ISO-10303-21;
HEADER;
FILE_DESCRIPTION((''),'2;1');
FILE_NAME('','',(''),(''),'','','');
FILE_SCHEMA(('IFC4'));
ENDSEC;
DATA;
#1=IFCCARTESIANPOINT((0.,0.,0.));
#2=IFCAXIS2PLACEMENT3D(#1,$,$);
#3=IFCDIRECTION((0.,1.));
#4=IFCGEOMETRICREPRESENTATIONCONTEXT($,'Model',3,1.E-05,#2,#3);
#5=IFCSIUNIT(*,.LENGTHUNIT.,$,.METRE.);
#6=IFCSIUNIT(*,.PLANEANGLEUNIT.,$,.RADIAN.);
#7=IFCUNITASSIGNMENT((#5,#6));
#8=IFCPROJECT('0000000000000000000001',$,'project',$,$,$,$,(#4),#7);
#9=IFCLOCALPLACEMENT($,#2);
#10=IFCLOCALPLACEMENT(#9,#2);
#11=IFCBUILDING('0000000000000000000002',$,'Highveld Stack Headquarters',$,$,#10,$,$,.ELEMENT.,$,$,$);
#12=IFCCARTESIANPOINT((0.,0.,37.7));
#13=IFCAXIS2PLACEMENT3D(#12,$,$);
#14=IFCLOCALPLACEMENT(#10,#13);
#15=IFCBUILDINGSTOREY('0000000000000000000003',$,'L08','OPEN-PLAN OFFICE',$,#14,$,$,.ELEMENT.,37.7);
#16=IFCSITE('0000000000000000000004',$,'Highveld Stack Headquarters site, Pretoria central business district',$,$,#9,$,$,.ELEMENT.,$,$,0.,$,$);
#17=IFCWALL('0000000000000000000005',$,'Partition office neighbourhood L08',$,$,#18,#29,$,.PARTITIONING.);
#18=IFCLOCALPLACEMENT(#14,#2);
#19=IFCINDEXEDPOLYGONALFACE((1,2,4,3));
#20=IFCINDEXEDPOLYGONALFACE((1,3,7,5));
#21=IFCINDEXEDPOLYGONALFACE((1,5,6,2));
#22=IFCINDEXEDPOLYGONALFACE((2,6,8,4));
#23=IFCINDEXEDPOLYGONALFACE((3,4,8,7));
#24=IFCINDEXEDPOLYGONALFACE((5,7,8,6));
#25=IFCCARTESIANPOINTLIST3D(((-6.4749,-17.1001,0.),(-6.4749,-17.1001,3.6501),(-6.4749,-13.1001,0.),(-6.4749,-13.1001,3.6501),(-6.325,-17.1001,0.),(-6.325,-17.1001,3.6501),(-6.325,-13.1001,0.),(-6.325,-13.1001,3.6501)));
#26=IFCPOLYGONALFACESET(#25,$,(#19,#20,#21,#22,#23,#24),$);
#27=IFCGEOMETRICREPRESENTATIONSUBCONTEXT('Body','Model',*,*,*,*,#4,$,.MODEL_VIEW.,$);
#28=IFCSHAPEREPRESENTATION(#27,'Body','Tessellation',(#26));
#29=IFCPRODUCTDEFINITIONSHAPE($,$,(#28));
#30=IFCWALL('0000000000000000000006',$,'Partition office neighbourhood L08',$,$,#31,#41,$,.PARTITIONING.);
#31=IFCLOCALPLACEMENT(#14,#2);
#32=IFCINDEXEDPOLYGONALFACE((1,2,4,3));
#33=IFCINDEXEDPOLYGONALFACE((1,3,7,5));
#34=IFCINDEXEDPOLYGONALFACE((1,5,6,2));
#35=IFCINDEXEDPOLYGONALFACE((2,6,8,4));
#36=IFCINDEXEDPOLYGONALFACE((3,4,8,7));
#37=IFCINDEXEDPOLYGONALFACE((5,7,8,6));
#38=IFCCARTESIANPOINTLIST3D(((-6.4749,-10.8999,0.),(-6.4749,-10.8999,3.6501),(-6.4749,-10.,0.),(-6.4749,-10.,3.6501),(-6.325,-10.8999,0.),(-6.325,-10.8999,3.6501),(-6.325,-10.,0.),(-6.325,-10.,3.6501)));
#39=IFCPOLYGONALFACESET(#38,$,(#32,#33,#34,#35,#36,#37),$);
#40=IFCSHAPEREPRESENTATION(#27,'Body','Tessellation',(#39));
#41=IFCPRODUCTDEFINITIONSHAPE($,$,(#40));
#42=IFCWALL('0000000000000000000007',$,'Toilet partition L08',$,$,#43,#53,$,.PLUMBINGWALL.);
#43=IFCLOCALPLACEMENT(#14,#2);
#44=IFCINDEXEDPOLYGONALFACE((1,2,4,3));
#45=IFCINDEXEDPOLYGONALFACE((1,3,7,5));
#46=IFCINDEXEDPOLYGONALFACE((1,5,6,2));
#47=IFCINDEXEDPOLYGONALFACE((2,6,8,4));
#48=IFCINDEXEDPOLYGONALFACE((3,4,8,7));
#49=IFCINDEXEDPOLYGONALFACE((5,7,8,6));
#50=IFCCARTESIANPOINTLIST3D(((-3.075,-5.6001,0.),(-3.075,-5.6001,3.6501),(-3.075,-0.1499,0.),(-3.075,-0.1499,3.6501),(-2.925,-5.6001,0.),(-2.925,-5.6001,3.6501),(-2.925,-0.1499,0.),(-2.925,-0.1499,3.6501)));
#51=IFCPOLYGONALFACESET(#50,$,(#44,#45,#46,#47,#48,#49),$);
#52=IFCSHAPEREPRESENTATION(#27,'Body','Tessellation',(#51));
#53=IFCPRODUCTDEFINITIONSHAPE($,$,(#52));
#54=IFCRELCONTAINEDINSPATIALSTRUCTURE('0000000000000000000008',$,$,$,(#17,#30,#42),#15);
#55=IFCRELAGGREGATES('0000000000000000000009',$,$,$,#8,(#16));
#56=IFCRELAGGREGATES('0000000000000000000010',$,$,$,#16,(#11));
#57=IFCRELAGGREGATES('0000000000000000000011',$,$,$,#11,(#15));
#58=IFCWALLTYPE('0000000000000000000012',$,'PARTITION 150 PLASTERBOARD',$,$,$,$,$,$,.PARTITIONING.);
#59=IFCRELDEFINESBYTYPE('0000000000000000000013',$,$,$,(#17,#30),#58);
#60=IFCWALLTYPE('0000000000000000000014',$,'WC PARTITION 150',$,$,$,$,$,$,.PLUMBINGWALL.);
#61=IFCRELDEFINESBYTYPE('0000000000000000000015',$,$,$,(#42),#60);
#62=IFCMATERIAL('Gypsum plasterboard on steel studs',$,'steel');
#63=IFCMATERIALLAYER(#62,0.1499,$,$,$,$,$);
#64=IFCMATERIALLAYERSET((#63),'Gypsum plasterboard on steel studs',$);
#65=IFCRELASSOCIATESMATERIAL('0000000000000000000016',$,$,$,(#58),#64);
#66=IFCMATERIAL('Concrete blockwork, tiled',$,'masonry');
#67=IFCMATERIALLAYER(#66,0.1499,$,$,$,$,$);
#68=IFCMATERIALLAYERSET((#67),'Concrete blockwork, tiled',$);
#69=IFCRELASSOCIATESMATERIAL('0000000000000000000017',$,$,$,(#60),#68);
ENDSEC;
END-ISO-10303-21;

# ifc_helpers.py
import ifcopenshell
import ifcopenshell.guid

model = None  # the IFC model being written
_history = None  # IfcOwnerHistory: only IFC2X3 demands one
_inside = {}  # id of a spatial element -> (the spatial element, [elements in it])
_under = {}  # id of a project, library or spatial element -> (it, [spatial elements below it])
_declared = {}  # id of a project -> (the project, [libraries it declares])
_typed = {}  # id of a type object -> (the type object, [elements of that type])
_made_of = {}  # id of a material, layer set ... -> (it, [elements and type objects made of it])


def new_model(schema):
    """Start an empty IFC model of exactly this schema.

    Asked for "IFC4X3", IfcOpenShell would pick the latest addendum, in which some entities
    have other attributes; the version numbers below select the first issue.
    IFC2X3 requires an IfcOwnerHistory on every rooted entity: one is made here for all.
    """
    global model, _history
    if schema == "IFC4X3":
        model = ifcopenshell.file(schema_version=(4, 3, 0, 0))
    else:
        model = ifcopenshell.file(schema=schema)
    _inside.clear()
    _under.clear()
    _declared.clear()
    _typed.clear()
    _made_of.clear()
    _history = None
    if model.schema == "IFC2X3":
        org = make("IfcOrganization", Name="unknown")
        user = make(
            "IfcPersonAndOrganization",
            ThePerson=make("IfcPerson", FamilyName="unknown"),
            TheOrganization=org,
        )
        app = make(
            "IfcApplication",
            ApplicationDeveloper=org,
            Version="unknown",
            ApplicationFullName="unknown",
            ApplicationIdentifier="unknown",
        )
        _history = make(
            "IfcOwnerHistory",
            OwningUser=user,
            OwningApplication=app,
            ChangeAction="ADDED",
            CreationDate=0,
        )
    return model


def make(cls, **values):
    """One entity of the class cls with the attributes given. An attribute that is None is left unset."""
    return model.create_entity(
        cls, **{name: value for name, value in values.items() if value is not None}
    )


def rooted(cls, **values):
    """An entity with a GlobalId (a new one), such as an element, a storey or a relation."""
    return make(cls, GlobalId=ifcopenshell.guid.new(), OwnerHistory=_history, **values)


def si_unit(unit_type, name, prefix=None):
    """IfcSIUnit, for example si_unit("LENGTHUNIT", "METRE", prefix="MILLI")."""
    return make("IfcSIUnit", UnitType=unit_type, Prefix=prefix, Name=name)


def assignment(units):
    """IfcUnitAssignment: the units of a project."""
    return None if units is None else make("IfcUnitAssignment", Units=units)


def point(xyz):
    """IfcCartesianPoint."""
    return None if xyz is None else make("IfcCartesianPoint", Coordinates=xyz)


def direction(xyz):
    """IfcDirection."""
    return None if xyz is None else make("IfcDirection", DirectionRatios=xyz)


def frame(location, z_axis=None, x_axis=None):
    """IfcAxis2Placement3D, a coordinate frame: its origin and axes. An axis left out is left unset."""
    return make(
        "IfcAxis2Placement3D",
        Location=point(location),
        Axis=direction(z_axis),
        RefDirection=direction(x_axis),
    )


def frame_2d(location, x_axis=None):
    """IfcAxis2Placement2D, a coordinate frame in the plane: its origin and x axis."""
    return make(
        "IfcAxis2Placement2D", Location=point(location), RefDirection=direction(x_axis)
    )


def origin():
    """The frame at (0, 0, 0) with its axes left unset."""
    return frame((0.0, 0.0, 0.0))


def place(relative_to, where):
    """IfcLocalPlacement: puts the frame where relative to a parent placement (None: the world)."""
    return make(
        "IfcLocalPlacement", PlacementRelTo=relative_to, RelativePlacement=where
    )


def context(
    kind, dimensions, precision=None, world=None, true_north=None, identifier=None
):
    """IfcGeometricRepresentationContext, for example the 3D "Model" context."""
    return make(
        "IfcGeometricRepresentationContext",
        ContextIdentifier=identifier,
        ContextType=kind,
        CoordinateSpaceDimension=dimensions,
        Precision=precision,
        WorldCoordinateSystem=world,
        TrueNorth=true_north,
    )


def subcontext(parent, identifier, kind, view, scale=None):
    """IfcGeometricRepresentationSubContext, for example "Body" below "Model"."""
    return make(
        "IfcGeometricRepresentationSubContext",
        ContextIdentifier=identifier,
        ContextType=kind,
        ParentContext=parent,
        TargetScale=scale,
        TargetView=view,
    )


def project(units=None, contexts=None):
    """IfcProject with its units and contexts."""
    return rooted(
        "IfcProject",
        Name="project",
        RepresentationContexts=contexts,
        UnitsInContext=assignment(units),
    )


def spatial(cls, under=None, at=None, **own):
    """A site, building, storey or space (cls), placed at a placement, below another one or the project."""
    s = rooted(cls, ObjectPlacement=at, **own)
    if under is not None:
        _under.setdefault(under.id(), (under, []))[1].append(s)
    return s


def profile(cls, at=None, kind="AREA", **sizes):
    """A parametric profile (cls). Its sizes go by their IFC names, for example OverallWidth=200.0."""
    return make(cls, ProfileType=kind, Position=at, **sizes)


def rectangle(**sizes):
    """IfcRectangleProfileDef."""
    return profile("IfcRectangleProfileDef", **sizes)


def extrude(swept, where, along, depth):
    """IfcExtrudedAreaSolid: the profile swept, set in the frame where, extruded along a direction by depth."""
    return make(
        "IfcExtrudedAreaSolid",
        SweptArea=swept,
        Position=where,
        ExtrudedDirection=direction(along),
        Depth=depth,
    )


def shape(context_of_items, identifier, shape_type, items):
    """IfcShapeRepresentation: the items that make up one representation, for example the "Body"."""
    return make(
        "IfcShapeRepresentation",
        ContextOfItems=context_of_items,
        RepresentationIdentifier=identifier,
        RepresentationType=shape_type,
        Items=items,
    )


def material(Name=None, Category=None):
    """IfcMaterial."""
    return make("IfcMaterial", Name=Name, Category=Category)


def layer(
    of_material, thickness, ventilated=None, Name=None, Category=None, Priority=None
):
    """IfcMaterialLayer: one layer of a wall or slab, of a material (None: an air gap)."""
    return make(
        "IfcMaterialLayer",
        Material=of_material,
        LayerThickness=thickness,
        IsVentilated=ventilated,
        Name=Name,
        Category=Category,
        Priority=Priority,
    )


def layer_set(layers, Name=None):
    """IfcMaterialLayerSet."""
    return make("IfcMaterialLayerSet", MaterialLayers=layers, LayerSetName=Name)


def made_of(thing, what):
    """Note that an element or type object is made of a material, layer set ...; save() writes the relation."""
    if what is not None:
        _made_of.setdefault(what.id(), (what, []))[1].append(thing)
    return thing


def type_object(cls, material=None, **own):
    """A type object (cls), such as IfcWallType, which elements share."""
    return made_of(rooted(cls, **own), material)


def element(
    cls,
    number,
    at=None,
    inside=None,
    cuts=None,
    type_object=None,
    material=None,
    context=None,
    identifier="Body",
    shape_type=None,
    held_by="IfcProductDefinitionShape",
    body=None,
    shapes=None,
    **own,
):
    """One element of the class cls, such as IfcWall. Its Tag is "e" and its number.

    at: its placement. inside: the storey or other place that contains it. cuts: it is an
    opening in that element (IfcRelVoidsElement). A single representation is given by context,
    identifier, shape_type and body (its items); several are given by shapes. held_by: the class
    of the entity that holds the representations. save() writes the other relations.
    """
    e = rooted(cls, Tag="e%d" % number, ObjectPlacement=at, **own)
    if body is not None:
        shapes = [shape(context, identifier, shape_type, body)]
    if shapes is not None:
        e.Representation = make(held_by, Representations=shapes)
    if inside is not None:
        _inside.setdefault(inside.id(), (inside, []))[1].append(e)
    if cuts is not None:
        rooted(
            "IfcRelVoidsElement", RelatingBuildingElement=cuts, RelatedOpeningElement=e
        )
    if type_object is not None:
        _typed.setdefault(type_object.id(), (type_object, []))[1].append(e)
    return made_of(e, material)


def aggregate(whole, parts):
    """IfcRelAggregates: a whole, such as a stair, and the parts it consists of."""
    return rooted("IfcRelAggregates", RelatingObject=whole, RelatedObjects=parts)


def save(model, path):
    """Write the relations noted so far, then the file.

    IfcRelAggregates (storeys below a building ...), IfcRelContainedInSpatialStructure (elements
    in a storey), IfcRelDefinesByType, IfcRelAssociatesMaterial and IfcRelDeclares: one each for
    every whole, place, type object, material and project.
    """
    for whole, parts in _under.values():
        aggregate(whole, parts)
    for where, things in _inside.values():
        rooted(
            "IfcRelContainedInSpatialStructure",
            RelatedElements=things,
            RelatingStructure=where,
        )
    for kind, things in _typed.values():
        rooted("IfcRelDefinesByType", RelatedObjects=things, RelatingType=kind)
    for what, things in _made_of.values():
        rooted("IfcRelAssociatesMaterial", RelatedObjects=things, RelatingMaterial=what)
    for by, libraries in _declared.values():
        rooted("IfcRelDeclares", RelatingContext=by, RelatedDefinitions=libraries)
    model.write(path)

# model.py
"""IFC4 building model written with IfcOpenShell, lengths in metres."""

from ifc_helpers import new_model, si_unit, direction, frame, frame_2d, origin, place, context, subcontext, project, spatial, rectangle, extrude, material, layer, layer_set, type_object, element, save


model = new_model("IFC4")

# Units and contexts
model_context = context("Model", 3, precision=1e-05, world=origin(), true_north=direction((0.0, 1.0)))
body_context = subcontext(model_context, "Body", "Model", "MODEL_VIEW")
ifc_project = project(units=[si_unit("LENGTHUNIT", "METRE"), si_unit("PLANEANGLEUNIT", "RADIAN")], contexts=[model_context])

# Site, building, storey
site_placement = place(None, origin())
site = spatial("IfcSite", under=ifc_project, at=site_placement, Name="Highveld Stack Headquarters site, Pretoria central business district", CompositionType="ELEMENT", RefElevation=0.0)
building_placement = place(site_placement, origin())
building = spatial("IfcBuilding", under=site, at=building_placement, Name="Highveld Stack Headquarters", CompositionType="ELEMENT")
storey_placement = place(building_placement, frame((0.0, 0.0, 37.7)))
storey = spatial("IfcBuildingStorey", under=building, at=storey_placement, Name="L08", Description="OPEN-PLAN OFFICE", CompositionType="ELEMENT", Elevation=37.7)

# Shared definitions
ifc_material_1 = material(Name="Gypsum plasterboard on steel studs", Category="steel")
ifc_layer_1 = layer(ifc_material_1, 0.1499)
ifc_layer_set_1 = layer_set([ifc_layer_1], Name="Gypsum plasterboard on steel studs")
wall_type_1 = type_object("IfcWallType", Name="PARTITION 150 PLASTERBOARD", PredefinedType="PARTITIONING", material=ifc_layer_set_1)

# Walls
wall_1_placement = place(storey_placement, frame((-6.3999, -17.1001, 0.0), z_axis=(0.0, 0.0, 1.0), x_axis=(0.0, 1.0, 0.0)))
element("IfcWall", 1, at=wall_1_placement, inside=storey, type_object=wall_type_1, Name="Partition office neighbourhood L08", PredefinedType="PARTITIONING", context=body_context, shape_type="SweptSolid", body=[
    extrude(rectangle(XDim=4.0, YDim=0.1499, at=frame_2d((2.0, 0.0))), origin(), (0.0, 0.0, 1.0), 3.6501),
])
wall_2_placement = place(storey_placement, frame((-6.3999, -10.8999, 0.0), z_axis=(0.0, 0.0, 1.0), x_axis=(0.0, 1.0, 0.0)))
element("IfcWall", 2, at=wall_2_placement, inside=storey, type_object=wall_type_1, Name="Partition office neighbourhood L08", PredefinedType="PARTITIONING", context=body_context, shape_type="SweptSolid", body=[
    extrude(rectangle(XDim=0.8999, YDim=0.1499, at=frame_2d((0.45, 0.0))), origin(), (0.0, 0.0, 1.0), 3.6501),
])
ifc_material_2 = material(Name="Concrete blockwork, tiled", Category="masonry")
ifc_layer_2 = layer(ifc_material_2, 0.1499)
ifc_layer_set_2 = layer_set([ifc_layer_2], Name="Concrete blockwork, tiled")
wall_type_2 = type_object("IfcWallType", Name="WC PARTITION 150", PredefinedType="PLUMBINGWALL", material=ifc_layer_set_2)
wall_3_placement = place(storey_placement, frame((-3.0, -5.6001, 0.0), z_axis=(0.0, 0.0, 1.0), x_axis=(0.0, 1.0, 0.0)))
element("IfcWall", 3, at=wall_3_placement, inside=storey, type_object=wall_type_2, Name="Toilet partition L08", PredefinedType="PLUMBINGWALL", context=body_context, shape_type="SweptSolid", body=[
    extrude(rectangle(XDim=5.4502, YDim=0.1499, at=frame_2d((2.7251, 0.0))), origin(), (0.0, 0.0, 1.0), 3.6501),
])

save(model, "model.ifc")
